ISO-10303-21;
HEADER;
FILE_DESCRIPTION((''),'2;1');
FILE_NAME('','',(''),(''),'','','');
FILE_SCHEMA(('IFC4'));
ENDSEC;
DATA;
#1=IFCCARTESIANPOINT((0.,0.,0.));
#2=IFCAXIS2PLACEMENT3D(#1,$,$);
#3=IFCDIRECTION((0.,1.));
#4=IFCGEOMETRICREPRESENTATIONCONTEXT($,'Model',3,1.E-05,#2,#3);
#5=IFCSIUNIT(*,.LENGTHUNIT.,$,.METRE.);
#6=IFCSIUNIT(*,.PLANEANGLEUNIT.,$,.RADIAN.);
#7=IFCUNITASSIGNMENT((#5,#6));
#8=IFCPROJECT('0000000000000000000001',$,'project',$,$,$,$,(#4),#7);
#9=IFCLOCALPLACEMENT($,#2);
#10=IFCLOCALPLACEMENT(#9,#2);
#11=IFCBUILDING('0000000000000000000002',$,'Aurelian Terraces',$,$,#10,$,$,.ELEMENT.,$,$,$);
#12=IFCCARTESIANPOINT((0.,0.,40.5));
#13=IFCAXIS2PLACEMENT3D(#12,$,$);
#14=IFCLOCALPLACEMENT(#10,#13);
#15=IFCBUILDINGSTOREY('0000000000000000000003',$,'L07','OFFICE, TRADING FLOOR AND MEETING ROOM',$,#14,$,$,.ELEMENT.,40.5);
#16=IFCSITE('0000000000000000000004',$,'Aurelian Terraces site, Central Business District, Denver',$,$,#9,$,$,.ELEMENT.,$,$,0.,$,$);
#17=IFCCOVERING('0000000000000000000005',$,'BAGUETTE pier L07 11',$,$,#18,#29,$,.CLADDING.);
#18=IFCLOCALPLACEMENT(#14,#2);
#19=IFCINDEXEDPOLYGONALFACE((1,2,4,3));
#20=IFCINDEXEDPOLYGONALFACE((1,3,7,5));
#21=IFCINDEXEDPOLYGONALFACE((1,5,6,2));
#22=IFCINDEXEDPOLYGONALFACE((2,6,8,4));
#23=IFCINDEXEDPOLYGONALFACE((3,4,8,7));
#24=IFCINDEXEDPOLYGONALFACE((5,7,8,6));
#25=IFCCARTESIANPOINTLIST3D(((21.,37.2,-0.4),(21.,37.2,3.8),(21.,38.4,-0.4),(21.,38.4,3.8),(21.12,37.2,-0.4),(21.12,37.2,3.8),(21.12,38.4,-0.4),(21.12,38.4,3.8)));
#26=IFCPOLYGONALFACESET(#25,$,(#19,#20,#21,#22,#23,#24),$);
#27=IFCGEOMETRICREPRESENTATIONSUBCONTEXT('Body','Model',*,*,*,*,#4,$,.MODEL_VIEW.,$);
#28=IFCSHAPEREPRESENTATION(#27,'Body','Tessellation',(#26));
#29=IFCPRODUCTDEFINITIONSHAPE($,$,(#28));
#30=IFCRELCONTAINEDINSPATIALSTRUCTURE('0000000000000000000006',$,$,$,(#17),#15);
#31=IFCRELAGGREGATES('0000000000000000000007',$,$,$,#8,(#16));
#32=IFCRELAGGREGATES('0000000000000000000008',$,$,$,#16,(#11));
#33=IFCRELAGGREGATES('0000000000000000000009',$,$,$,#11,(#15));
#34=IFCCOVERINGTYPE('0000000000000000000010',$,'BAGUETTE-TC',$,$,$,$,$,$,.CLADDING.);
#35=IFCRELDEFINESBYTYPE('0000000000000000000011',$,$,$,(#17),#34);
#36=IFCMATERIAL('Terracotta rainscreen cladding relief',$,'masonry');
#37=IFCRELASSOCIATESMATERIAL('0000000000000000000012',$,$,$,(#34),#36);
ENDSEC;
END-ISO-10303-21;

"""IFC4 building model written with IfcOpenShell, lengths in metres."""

from ifc_helpers import new_model, si_unit, direction, frame, origin, origin_2d, place, context, subcontext, project, spatial, rectangle, extrude, source, transform, mapped, material, type_object, element, save


model = new_model("IFC4")

# Units and contexts
model_context = context("Model", 3, precision=1e-05, world=origin(), true_north=direction((0.0, 1.0)))
body_context = subcontext(model_context, "Body", "Model", "MODEL_VIEW")
ifc_project = project(units=[si_unit("LENGTHUNIT", "METRE"), si_unit("PLANEANGLEUNIT", "RADIAN")], contexts=[model_context])

# Site, building, storey
site_placement = place(None, origin())
site = spatial("IfcSite", under=ifc_project, at=site_placement, Name="Aurelian Terraces site, Central Business District, Denver", CompositionType="ELEMENT", RefElevation=0.0)
building_placement = place(site_placement, origin())
building = spatial("IfcBuilding", under=site, at=building_placement, Name="Aurelian Terraces", CompositionType="ELEMENT")
storey_placement = place(building_placement, frame((0.0, 0.0, 40.5)))
storey = spatial("IfcBuildingStorey", under=building, at=storey_placement, Name="L07", Description="OFFICE, TRADING FLOOR AND MEETING ROOM", CompositionType="ELEMENT", Elevation=40.5)

# Covering
ifc_material_1 = material(Name="Terracotta rainscreen cladding relief", Category="masonry")
covering_type_1 = type_object("IfcCoveringType", Name="BAGUETTE-TC", PredefinedType="CLADDING", material=ifc_material_1)
shared_shape_1 = source(origin(), body_context, "Body", "SweptSolid", [
    extrude(rectangle(XDim=0.12, YDim=1.2, at=origin_2d()), origin(), (0.0, 0.0, 1.0), 4.2),
])
covering_1_placement = place(storey_placement, frame((21.06, 37.8, -0.4), z_axis=(0.0, 0.0, 1.0), x_axis=(1.0, 0.0, 0.0)))
element("IfcCovering", 1, at=covering_1_placement, inside=storey, type_object=covering_type_1, Name="BAGUETTE pier L07 11", PredefinedType="CLADDING", context=body_context, shape_type="MappedRepresentation", body=[
    mapped(shared_shape_1, transform((0.0, 0.0, 0.0), scale=1.0)),
])

save(model, "model.ifc")
